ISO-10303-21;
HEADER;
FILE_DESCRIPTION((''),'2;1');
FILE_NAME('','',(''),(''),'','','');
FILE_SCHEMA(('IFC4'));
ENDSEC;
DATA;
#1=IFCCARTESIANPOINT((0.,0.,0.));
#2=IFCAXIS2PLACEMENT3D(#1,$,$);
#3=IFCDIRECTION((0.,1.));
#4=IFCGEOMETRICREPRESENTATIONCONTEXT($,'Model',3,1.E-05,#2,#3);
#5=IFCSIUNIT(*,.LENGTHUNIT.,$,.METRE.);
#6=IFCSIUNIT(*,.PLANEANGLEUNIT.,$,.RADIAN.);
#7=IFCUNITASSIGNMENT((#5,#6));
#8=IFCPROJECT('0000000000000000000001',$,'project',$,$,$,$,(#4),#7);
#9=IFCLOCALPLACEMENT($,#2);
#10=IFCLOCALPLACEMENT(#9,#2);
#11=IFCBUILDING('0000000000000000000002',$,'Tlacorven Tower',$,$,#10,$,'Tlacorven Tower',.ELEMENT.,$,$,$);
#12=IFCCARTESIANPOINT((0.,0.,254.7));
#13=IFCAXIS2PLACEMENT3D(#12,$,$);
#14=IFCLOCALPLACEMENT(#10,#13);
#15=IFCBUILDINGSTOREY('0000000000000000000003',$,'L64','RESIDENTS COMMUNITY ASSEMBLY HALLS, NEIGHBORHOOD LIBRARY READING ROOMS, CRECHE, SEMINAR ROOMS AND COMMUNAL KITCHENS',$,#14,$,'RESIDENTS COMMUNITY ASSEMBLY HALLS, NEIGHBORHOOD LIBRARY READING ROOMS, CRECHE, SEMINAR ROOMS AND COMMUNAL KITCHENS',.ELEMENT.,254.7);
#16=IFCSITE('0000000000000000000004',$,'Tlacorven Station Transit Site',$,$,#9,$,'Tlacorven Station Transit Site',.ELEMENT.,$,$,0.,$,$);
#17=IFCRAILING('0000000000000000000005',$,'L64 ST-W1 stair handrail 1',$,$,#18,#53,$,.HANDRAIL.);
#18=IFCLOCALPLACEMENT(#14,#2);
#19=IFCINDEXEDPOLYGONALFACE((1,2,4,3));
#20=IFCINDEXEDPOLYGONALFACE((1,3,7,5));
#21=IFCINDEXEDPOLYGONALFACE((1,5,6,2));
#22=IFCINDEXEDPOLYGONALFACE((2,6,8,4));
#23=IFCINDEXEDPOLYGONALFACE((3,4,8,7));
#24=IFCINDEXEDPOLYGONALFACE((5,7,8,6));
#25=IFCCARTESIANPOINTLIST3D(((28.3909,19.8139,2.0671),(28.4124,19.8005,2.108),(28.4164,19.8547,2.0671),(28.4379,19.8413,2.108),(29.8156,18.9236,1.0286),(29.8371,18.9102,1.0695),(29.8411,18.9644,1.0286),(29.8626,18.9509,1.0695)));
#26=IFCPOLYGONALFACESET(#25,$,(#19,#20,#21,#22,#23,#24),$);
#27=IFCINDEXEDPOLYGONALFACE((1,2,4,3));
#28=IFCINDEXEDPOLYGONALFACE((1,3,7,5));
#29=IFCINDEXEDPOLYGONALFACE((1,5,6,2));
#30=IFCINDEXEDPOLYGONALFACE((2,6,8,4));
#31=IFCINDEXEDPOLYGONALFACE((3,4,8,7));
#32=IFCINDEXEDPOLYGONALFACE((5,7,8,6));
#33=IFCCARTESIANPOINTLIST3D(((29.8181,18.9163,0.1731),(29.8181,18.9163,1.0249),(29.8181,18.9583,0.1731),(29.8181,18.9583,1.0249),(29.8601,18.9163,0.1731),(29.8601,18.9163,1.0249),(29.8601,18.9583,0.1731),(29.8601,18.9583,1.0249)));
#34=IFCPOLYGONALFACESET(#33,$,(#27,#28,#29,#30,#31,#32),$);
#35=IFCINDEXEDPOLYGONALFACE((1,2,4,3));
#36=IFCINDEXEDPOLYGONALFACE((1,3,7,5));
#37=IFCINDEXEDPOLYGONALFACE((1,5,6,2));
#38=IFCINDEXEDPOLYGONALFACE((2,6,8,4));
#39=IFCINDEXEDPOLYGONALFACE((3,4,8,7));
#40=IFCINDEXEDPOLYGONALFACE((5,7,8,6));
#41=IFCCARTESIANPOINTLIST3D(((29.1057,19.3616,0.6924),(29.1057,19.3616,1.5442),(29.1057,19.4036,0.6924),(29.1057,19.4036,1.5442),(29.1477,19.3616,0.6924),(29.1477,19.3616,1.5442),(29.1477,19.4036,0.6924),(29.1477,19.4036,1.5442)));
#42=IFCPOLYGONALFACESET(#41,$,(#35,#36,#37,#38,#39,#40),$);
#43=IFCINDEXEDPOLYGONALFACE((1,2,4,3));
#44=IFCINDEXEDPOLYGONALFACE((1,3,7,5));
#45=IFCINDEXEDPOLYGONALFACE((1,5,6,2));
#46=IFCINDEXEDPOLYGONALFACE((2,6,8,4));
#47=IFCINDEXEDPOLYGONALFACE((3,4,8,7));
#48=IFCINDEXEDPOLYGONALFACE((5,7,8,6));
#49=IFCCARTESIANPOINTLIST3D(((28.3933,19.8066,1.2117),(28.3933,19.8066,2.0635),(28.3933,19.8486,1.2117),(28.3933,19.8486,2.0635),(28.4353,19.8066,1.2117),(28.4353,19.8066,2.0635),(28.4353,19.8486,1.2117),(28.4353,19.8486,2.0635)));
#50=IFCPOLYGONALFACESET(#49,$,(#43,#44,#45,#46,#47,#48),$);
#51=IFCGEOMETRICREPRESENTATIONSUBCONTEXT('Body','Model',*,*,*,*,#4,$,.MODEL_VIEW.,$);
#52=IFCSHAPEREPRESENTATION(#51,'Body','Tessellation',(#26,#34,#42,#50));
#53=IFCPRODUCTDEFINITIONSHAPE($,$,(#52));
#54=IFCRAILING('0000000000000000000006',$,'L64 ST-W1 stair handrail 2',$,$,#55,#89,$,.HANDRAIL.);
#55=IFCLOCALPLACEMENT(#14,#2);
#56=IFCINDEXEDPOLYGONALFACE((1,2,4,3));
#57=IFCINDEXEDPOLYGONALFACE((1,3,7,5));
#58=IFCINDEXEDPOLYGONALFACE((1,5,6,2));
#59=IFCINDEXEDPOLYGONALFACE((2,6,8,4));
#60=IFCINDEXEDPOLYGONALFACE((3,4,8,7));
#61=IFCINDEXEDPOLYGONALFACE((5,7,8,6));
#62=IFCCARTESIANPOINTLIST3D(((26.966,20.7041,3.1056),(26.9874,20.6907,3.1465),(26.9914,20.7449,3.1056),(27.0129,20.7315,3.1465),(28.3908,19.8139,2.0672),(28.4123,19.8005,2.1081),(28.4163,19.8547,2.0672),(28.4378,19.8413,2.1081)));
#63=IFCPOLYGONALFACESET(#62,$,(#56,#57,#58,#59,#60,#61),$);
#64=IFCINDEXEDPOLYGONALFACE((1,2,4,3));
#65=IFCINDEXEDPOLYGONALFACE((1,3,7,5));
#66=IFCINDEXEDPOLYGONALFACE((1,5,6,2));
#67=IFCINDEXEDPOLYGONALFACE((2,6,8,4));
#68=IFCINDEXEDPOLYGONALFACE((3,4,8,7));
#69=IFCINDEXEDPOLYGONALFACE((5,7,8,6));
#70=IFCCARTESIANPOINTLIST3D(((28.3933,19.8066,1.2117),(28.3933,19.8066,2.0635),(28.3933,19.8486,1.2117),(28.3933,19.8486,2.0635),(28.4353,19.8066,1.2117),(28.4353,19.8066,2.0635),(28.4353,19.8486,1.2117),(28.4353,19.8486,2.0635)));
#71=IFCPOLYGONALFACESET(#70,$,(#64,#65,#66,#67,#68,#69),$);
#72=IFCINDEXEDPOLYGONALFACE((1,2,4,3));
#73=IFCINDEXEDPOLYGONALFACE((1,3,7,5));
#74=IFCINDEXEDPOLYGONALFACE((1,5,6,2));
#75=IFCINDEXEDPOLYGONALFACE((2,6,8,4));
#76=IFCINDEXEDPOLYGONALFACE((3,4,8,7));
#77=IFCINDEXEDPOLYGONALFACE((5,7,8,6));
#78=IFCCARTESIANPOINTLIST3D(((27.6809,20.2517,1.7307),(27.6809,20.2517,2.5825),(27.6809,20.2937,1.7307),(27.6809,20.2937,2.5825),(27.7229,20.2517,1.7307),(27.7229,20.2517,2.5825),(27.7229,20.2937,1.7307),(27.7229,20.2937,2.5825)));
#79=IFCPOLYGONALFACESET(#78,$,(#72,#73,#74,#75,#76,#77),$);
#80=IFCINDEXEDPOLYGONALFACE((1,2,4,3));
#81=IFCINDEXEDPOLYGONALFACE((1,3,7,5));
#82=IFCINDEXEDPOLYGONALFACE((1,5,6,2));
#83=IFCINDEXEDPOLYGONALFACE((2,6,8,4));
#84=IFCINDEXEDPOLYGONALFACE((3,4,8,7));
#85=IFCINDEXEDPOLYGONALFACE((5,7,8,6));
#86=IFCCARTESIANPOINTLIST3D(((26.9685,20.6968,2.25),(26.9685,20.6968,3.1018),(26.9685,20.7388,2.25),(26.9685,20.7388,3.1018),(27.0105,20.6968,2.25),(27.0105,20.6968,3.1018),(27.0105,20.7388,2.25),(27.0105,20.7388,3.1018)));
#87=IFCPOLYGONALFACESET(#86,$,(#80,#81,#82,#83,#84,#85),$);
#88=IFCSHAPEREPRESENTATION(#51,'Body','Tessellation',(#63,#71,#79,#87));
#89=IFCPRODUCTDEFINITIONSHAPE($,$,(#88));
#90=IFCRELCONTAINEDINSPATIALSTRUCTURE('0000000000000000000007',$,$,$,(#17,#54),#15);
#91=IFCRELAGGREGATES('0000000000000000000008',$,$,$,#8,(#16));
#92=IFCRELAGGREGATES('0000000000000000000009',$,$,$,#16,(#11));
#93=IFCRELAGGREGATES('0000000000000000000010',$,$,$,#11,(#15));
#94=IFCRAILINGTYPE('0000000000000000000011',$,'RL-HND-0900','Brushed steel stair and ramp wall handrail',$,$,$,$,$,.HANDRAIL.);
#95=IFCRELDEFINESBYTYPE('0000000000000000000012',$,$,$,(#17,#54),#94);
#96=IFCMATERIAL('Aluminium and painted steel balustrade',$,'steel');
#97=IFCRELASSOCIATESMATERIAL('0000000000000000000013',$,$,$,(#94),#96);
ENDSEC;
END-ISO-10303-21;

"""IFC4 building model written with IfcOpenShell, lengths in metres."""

from ifc_helpers import new_model, si_unit, direction, frame, origin, origin_2d, place, context, subcontext, project, spatial, rectangle, extrude, source, transform, mapped, material, type_object, element, save


model = new_model("IFC4")

# Units and contexts
model_context = context("Model", 3, precision=1e-05, world=origin(), true_north=direction((0.0, 1.0)))
body_context = subcontext(model_context, "Body", "Model", "MODEL_VIEW")
ifc_project = project(units=[si_unit("LENGTHUNIT", "METRE"), si_unit("PLANEANGLEUNIT", "RADIAN")], contexts=[model_context])

# Site, building, storey
site_placement = place(None, origin())
site = spatial("IfcSite", under=ifc_project, at=site_placement, Name="Tlacorven Station Transit Site", LongName="Tlacorven Station Transit Site", CompositionType="ELEMENT", RefElevation=0.0)
building_placement = place(site_placement, origin())
building = spatial("IfcBuilding", under=site, at=building_placement, Name="Tlacorven Tower", LongName="Tlacorven Tower", CompositionType="ELEMENT")
storey_placement = place(building_placement, frame((0.0, 0.0, 254.7)))
storey = spatial("IfcBuildingStorey", under=building, at=storey_placement, Name="L64", Description="RESIDENTS COMMUNITY ASSEMBLY HALLS, NEIGHBORHOOD LIBRARY READING ROOMS, CRECHE, SEMINAR ROOMS AND COMMUNAL KITCHENS", LongName="RESIDENTS COMMUNITY ASSEMBLY HALLS, NEIGHBORHOOD LIBRARY READING ROOMS, CRECHE, SEMINAR ROOMS AND COMMUNAL KITCHENS", CompositionType="ELEMENT", Elevation=254.7)

# Railings
ifc_material_1 = material(Name="Aluminium and painted steel balustrade", Category="steel")
railing_type_1 = type_object("IfcRailingType", Name="RL-HND-0900", Description="Brushed steel stair and ramp wall handrail", PredefinedType="HANDRAIL", material=ifc_material_1)
shared_shape_1 = source(origin(), body_context, "Body", "SweptSolid", [
    extrude(rectangle(XDim=0.0481, YDim=0.0481, at=origin_2d()), frame((0.0, 0.0, 0.876), z_axis=(-0.721341, 0.450776, 0.525803), x_axis=(-0.529947, -0.848031, 0.0)), (0.0, 0.0, 1.0), 1.9751),
    extrude(rectangle(XDim=0.042, YDim=0.042, at=origin_2d()), origin(), (0.0, 0.0, 1.0), 0.8518),
    extrude(rectangle(XDim=0.042, YDim=0.042, at=origin_2d()), frame((-0.7124, 0.4453, 0.5193)), (0.0, 0.0, 1.0), 0.8518),
    extrude(rectangle(XDim=0.042, YDim=0.042, at=origin_2d()), frame((-1.4248, 0.8904, 1.0386)), (0.0, 0.0, 1.0), 0.8518),
])
railing_1_placement = place(storey_placement, frame((29.8391, 18.9373, 0.1731)))
element("IfcRailing", 1, at=railing_1_placement, inside=storey, type_object=railing_type_1, Name="L64 ST-W1 stair handrail 1", PredefinedType="HANDRAIL", context=body_context, shape_type="MappedRepresentation", body=[
    mapped(shared_shape_1, transform((0.0, 0.0, 0.0), scale=1.0)),
])
shared_shape_2 = source(origin(), body_context, "Body", "SweptSolid", [
    extrude(rectangle(XDim=0.0481, YDim=0.0481, at=origin_2d()), frame((0.0, 0.0, 0.876), z_axis=(-0.721428, 0.450707, 0.525742), x_axis=(-0.529842, -0.848096, 0.0)), (0.0, 0.0, 1.0), 1.9751),
    extrude(rectangle(XDim=0.042, YDim=0.042, at=origin_2d()), origin(), (0.0, 0.0, 1.0), 0.8518),
    extrude(rectangle(XDim=0.042, YDim=0.042, at=origin_2d()), frame((-0.7124, 0.4451, 0.519)), (0.0, 0.0, 1.0), 0.8518),
    extrude(rectangle(XDim=0.042, YDim=0.042, at=origin_2d()), frame((-1.4248, 0.8901, 1.0383)), (0.0, 0.0, 1.0), 0.8518),
])
railing_2_placement = place(storey_placement, frame((28.4143, 19.8276, 1.2117)))
element("IfcRailing", 2, at=railing_2_placement, inside=storey, type_object=railing_type_1, Name="L64 ST-W1 stair handrail 2", PredefinedType="HANDRAIL", context=body_context, shape_type="MappedRepresentation", body=[
    mapped(shared_shape_2, transform((0.0, 0.0, 0.0), scale=1.0)),
])

save(model, "model.ifc")
